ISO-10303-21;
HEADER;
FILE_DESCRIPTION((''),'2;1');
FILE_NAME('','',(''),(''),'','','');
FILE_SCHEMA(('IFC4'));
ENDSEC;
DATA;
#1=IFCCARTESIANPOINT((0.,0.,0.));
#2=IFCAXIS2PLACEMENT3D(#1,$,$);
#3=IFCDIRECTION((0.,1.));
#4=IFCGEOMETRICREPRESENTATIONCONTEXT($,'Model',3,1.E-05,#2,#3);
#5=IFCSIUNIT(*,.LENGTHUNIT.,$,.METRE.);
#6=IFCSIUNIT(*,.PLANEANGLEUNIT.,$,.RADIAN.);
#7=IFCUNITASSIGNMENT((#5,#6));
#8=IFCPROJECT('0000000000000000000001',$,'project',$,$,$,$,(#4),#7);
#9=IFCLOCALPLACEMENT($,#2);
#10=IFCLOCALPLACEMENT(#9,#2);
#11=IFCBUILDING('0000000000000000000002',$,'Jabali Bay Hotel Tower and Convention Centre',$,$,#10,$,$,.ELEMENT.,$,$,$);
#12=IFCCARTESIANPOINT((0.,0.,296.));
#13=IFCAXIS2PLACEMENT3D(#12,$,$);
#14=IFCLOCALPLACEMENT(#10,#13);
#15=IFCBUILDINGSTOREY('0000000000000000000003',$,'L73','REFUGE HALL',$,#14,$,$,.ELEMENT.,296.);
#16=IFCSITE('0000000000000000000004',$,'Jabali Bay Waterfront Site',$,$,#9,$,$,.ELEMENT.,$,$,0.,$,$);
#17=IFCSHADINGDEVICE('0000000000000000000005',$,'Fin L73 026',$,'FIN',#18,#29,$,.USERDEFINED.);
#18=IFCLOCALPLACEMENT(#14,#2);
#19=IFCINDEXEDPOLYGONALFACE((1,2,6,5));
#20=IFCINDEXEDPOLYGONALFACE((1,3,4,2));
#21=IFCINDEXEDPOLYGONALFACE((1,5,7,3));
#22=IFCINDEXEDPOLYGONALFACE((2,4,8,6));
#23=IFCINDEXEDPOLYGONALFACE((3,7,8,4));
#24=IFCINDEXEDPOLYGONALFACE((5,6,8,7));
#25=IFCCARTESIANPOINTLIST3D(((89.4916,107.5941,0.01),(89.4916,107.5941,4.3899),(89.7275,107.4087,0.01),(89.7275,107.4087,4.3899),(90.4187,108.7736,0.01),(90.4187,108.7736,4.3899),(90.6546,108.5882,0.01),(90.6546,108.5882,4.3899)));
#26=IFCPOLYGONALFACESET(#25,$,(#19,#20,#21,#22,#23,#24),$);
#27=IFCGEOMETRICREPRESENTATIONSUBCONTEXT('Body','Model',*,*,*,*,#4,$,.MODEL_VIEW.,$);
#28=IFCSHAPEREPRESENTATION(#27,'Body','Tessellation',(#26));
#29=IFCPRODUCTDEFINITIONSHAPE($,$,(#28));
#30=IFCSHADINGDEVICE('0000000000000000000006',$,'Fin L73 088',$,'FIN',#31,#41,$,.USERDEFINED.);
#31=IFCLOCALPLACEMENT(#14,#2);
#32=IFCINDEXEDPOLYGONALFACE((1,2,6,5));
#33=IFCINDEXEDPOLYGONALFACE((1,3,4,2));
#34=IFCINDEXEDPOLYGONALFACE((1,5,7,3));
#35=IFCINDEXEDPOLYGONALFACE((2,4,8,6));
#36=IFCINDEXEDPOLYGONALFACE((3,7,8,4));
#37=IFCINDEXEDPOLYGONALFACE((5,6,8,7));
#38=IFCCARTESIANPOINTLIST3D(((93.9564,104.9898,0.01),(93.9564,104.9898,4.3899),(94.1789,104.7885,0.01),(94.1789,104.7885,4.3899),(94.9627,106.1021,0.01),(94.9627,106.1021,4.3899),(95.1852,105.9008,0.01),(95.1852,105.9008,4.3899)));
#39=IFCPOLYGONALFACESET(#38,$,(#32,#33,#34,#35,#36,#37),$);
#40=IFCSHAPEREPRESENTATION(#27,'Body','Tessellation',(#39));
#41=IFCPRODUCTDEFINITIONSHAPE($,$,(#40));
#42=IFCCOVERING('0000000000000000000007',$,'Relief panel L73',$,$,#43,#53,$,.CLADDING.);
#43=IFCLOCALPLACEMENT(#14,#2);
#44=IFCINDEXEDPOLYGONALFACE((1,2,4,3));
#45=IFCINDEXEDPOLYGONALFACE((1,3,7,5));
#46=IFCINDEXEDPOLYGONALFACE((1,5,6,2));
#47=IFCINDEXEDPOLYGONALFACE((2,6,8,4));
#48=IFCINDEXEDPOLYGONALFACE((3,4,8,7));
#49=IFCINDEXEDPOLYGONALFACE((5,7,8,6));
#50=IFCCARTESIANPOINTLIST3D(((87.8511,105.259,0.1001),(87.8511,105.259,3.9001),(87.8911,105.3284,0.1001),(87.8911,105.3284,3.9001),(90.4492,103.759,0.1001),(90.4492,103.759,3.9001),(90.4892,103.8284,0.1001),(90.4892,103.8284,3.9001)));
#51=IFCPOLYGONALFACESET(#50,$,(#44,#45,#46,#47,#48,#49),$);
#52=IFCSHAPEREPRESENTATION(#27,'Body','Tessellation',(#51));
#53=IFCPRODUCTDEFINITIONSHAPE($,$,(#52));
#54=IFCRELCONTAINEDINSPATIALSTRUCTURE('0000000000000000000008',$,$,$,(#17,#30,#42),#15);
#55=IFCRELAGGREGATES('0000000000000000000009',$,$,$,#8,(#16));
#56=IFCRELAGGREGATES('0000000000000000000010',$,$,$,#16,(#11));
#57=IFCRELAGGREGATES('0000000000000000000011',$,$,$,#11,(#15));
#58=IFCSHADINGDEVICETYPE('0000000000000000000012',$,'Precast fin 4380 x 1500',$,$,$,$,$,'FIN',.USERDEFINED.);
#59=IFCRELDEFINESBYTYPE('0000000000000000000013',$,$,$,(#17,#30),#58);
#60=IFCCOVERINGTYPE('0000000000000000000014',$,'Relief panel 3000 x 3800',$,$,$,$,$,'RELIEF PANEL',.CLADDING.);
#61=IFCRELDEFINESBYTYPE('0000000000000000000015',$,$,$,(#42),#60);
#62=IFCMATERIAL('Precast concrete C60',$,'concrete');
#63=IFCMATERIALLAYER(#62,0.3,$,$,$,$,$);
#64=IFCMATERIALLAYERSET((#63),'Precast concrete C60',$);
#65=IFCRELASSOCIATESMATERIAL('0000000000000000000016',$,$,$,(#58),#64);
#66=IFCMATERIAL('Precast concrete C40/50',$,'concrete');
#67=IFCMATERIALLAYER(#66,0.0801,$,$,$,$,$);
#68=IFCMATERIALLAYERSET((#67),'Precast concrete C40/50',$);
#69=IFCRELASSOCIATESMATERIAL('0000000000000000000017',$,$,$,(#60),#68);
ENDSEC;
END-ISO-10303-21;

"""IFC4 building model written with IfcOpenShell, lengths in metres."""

from ifc_helpers import new_model, si_unit, direction, frame, frame_2d, origin, origin_2d, place, context, subcontext, project, spatial, rectangle, extrude, material, layer, layer_set, type_object, element, save


model = new_model("IFC4")

# Units and contexts
model_context = context("Model", 3, precision=1e-05, world=origin(), true_north=direction((0.0, 1.0)))
body_context = subcontext(model_context, "Body", "Model", "MODEL_VIEW")
ifc_project = project(units=[si_unit("LENGTHUNIT", "METRE"), si_unit("PLANEANGLEUNIT", "RADIAN")], contexts=[model_context])

# Site, building, storey
site_placement = place(None, origin())
site = spatial("IfcSite", under=ifc_project, at=site_placement, Name="Jabali Bay Waterfront Site", CompositionType="ELEMENT", RefElevation=0.0)
building_placement = place(site_placement, origin())
building = spatial("IfcBuilding", under=site, at=building_placement, Name="Jabali Bay Hotel Tower and Convention Centre", CompositionType="ELEMENT")
storey_placement = place(building_placement, frame((0.0, 0.0, 296.0)))
storey = spatial("IfcBuildingStorey", under=building, at=storey_placement, Name="L73", Description="REFUGE HALL", CompositionType="ELEMENT", Elevation=296.0)

# Shading devices
ifc_material_1 = material(Name="Precast concrete C60", Category="concrete")
ifc_layer_1 = layer(ifc_material_1, 0.3)
ifc_layer_set_1 = layer_set([ifc_layer_1], Name="Precast concrete C60")
shading_device_type = type_object("IfcShadingDeviceType", Name="Precast fin 4380 x 1500", ElementType="FIN", PredefinedType="USERDEFINED", material=ifc_layer_set_1)
shading_device_1_placement = place(storey_placement, frame((89.6096, 107.5015, 0.01), z_axis=(0.0, 0.0, 1.0), x_axis=(0.617944, 0.786222, 0.0)))
element("IfcShadingDevice", 1, at=shading_device_1_placement, inside=storey, type_object=shading_device_type, Name="Fin L73 026", ObjectType="FIN", PredefinedType="USERDEFINED", context=body_context, shape_type="SweptSolid", body=[
    extrude(rectangle(XDim=1.5002, YDim=0.3, at=frame_2d((0.75, 0.0))), origin(), (0.0, 0.0, 1.0), 4.3799),
])
shading_device_2_placement = place(storey_placement, frame((94.0676, 104.8892, 0.01), z_axis=(0.0, 0.0, 1.0), x_axis=(0.670905, 0.741543, 0.0)))
element("IfcShadingDevice", 2, at=shading_device_2_placement, inside=storey, type_object=shading_device_type, Name="Fin L73 088", ObjectType="FIN", PredefinedType="USERDEFINED", context=body_context, shape_type="SweptSolid", body=[
    extrude(rectangle(XDim=1.5, YDim=0.3, at=frame_2d((0.75, 0.0))), origin(), (0.0, 0.0, 1.0), 4.3799),
])

# Covering
ifc_material_2 = material(Name="Precast concrete C40/50", Category="concrete")
ifc_layer_2 = layer(ifc_material_2, 0.0801)
ifc_layer_set_2 = layer_set([ifc_layer_2], Name="Precast concrete C40/50")
covering_type = type_object("IfcCoveringType", Name="Relief panel 3000 x 3800", ElementType="RELIEF PANEL", PredefinedType="CLADDING", material=ifc_layer_set_2)
covering_placement = place(storey_placement, frame((89.1702, 104.5437, 0.1001), z_axis=(0.0, 0.0, 1.0), x_axis=(0.866025, -0.5, 0.0)))
element("IfcCovering", 3, at=covering_placement, inside=storey, type_object=covering_type, Name="Relief panel L73", PredefinedType="CLADDING", context=body_context, shape_type="SweptSolid", body=[
    extrude(rectangle(XDim=3.0, YDim=0.0801, at=origin_2d()), origin(), (0.0, 0.0, 1.0), 3.8),
])

save(model, "model.ifc")
